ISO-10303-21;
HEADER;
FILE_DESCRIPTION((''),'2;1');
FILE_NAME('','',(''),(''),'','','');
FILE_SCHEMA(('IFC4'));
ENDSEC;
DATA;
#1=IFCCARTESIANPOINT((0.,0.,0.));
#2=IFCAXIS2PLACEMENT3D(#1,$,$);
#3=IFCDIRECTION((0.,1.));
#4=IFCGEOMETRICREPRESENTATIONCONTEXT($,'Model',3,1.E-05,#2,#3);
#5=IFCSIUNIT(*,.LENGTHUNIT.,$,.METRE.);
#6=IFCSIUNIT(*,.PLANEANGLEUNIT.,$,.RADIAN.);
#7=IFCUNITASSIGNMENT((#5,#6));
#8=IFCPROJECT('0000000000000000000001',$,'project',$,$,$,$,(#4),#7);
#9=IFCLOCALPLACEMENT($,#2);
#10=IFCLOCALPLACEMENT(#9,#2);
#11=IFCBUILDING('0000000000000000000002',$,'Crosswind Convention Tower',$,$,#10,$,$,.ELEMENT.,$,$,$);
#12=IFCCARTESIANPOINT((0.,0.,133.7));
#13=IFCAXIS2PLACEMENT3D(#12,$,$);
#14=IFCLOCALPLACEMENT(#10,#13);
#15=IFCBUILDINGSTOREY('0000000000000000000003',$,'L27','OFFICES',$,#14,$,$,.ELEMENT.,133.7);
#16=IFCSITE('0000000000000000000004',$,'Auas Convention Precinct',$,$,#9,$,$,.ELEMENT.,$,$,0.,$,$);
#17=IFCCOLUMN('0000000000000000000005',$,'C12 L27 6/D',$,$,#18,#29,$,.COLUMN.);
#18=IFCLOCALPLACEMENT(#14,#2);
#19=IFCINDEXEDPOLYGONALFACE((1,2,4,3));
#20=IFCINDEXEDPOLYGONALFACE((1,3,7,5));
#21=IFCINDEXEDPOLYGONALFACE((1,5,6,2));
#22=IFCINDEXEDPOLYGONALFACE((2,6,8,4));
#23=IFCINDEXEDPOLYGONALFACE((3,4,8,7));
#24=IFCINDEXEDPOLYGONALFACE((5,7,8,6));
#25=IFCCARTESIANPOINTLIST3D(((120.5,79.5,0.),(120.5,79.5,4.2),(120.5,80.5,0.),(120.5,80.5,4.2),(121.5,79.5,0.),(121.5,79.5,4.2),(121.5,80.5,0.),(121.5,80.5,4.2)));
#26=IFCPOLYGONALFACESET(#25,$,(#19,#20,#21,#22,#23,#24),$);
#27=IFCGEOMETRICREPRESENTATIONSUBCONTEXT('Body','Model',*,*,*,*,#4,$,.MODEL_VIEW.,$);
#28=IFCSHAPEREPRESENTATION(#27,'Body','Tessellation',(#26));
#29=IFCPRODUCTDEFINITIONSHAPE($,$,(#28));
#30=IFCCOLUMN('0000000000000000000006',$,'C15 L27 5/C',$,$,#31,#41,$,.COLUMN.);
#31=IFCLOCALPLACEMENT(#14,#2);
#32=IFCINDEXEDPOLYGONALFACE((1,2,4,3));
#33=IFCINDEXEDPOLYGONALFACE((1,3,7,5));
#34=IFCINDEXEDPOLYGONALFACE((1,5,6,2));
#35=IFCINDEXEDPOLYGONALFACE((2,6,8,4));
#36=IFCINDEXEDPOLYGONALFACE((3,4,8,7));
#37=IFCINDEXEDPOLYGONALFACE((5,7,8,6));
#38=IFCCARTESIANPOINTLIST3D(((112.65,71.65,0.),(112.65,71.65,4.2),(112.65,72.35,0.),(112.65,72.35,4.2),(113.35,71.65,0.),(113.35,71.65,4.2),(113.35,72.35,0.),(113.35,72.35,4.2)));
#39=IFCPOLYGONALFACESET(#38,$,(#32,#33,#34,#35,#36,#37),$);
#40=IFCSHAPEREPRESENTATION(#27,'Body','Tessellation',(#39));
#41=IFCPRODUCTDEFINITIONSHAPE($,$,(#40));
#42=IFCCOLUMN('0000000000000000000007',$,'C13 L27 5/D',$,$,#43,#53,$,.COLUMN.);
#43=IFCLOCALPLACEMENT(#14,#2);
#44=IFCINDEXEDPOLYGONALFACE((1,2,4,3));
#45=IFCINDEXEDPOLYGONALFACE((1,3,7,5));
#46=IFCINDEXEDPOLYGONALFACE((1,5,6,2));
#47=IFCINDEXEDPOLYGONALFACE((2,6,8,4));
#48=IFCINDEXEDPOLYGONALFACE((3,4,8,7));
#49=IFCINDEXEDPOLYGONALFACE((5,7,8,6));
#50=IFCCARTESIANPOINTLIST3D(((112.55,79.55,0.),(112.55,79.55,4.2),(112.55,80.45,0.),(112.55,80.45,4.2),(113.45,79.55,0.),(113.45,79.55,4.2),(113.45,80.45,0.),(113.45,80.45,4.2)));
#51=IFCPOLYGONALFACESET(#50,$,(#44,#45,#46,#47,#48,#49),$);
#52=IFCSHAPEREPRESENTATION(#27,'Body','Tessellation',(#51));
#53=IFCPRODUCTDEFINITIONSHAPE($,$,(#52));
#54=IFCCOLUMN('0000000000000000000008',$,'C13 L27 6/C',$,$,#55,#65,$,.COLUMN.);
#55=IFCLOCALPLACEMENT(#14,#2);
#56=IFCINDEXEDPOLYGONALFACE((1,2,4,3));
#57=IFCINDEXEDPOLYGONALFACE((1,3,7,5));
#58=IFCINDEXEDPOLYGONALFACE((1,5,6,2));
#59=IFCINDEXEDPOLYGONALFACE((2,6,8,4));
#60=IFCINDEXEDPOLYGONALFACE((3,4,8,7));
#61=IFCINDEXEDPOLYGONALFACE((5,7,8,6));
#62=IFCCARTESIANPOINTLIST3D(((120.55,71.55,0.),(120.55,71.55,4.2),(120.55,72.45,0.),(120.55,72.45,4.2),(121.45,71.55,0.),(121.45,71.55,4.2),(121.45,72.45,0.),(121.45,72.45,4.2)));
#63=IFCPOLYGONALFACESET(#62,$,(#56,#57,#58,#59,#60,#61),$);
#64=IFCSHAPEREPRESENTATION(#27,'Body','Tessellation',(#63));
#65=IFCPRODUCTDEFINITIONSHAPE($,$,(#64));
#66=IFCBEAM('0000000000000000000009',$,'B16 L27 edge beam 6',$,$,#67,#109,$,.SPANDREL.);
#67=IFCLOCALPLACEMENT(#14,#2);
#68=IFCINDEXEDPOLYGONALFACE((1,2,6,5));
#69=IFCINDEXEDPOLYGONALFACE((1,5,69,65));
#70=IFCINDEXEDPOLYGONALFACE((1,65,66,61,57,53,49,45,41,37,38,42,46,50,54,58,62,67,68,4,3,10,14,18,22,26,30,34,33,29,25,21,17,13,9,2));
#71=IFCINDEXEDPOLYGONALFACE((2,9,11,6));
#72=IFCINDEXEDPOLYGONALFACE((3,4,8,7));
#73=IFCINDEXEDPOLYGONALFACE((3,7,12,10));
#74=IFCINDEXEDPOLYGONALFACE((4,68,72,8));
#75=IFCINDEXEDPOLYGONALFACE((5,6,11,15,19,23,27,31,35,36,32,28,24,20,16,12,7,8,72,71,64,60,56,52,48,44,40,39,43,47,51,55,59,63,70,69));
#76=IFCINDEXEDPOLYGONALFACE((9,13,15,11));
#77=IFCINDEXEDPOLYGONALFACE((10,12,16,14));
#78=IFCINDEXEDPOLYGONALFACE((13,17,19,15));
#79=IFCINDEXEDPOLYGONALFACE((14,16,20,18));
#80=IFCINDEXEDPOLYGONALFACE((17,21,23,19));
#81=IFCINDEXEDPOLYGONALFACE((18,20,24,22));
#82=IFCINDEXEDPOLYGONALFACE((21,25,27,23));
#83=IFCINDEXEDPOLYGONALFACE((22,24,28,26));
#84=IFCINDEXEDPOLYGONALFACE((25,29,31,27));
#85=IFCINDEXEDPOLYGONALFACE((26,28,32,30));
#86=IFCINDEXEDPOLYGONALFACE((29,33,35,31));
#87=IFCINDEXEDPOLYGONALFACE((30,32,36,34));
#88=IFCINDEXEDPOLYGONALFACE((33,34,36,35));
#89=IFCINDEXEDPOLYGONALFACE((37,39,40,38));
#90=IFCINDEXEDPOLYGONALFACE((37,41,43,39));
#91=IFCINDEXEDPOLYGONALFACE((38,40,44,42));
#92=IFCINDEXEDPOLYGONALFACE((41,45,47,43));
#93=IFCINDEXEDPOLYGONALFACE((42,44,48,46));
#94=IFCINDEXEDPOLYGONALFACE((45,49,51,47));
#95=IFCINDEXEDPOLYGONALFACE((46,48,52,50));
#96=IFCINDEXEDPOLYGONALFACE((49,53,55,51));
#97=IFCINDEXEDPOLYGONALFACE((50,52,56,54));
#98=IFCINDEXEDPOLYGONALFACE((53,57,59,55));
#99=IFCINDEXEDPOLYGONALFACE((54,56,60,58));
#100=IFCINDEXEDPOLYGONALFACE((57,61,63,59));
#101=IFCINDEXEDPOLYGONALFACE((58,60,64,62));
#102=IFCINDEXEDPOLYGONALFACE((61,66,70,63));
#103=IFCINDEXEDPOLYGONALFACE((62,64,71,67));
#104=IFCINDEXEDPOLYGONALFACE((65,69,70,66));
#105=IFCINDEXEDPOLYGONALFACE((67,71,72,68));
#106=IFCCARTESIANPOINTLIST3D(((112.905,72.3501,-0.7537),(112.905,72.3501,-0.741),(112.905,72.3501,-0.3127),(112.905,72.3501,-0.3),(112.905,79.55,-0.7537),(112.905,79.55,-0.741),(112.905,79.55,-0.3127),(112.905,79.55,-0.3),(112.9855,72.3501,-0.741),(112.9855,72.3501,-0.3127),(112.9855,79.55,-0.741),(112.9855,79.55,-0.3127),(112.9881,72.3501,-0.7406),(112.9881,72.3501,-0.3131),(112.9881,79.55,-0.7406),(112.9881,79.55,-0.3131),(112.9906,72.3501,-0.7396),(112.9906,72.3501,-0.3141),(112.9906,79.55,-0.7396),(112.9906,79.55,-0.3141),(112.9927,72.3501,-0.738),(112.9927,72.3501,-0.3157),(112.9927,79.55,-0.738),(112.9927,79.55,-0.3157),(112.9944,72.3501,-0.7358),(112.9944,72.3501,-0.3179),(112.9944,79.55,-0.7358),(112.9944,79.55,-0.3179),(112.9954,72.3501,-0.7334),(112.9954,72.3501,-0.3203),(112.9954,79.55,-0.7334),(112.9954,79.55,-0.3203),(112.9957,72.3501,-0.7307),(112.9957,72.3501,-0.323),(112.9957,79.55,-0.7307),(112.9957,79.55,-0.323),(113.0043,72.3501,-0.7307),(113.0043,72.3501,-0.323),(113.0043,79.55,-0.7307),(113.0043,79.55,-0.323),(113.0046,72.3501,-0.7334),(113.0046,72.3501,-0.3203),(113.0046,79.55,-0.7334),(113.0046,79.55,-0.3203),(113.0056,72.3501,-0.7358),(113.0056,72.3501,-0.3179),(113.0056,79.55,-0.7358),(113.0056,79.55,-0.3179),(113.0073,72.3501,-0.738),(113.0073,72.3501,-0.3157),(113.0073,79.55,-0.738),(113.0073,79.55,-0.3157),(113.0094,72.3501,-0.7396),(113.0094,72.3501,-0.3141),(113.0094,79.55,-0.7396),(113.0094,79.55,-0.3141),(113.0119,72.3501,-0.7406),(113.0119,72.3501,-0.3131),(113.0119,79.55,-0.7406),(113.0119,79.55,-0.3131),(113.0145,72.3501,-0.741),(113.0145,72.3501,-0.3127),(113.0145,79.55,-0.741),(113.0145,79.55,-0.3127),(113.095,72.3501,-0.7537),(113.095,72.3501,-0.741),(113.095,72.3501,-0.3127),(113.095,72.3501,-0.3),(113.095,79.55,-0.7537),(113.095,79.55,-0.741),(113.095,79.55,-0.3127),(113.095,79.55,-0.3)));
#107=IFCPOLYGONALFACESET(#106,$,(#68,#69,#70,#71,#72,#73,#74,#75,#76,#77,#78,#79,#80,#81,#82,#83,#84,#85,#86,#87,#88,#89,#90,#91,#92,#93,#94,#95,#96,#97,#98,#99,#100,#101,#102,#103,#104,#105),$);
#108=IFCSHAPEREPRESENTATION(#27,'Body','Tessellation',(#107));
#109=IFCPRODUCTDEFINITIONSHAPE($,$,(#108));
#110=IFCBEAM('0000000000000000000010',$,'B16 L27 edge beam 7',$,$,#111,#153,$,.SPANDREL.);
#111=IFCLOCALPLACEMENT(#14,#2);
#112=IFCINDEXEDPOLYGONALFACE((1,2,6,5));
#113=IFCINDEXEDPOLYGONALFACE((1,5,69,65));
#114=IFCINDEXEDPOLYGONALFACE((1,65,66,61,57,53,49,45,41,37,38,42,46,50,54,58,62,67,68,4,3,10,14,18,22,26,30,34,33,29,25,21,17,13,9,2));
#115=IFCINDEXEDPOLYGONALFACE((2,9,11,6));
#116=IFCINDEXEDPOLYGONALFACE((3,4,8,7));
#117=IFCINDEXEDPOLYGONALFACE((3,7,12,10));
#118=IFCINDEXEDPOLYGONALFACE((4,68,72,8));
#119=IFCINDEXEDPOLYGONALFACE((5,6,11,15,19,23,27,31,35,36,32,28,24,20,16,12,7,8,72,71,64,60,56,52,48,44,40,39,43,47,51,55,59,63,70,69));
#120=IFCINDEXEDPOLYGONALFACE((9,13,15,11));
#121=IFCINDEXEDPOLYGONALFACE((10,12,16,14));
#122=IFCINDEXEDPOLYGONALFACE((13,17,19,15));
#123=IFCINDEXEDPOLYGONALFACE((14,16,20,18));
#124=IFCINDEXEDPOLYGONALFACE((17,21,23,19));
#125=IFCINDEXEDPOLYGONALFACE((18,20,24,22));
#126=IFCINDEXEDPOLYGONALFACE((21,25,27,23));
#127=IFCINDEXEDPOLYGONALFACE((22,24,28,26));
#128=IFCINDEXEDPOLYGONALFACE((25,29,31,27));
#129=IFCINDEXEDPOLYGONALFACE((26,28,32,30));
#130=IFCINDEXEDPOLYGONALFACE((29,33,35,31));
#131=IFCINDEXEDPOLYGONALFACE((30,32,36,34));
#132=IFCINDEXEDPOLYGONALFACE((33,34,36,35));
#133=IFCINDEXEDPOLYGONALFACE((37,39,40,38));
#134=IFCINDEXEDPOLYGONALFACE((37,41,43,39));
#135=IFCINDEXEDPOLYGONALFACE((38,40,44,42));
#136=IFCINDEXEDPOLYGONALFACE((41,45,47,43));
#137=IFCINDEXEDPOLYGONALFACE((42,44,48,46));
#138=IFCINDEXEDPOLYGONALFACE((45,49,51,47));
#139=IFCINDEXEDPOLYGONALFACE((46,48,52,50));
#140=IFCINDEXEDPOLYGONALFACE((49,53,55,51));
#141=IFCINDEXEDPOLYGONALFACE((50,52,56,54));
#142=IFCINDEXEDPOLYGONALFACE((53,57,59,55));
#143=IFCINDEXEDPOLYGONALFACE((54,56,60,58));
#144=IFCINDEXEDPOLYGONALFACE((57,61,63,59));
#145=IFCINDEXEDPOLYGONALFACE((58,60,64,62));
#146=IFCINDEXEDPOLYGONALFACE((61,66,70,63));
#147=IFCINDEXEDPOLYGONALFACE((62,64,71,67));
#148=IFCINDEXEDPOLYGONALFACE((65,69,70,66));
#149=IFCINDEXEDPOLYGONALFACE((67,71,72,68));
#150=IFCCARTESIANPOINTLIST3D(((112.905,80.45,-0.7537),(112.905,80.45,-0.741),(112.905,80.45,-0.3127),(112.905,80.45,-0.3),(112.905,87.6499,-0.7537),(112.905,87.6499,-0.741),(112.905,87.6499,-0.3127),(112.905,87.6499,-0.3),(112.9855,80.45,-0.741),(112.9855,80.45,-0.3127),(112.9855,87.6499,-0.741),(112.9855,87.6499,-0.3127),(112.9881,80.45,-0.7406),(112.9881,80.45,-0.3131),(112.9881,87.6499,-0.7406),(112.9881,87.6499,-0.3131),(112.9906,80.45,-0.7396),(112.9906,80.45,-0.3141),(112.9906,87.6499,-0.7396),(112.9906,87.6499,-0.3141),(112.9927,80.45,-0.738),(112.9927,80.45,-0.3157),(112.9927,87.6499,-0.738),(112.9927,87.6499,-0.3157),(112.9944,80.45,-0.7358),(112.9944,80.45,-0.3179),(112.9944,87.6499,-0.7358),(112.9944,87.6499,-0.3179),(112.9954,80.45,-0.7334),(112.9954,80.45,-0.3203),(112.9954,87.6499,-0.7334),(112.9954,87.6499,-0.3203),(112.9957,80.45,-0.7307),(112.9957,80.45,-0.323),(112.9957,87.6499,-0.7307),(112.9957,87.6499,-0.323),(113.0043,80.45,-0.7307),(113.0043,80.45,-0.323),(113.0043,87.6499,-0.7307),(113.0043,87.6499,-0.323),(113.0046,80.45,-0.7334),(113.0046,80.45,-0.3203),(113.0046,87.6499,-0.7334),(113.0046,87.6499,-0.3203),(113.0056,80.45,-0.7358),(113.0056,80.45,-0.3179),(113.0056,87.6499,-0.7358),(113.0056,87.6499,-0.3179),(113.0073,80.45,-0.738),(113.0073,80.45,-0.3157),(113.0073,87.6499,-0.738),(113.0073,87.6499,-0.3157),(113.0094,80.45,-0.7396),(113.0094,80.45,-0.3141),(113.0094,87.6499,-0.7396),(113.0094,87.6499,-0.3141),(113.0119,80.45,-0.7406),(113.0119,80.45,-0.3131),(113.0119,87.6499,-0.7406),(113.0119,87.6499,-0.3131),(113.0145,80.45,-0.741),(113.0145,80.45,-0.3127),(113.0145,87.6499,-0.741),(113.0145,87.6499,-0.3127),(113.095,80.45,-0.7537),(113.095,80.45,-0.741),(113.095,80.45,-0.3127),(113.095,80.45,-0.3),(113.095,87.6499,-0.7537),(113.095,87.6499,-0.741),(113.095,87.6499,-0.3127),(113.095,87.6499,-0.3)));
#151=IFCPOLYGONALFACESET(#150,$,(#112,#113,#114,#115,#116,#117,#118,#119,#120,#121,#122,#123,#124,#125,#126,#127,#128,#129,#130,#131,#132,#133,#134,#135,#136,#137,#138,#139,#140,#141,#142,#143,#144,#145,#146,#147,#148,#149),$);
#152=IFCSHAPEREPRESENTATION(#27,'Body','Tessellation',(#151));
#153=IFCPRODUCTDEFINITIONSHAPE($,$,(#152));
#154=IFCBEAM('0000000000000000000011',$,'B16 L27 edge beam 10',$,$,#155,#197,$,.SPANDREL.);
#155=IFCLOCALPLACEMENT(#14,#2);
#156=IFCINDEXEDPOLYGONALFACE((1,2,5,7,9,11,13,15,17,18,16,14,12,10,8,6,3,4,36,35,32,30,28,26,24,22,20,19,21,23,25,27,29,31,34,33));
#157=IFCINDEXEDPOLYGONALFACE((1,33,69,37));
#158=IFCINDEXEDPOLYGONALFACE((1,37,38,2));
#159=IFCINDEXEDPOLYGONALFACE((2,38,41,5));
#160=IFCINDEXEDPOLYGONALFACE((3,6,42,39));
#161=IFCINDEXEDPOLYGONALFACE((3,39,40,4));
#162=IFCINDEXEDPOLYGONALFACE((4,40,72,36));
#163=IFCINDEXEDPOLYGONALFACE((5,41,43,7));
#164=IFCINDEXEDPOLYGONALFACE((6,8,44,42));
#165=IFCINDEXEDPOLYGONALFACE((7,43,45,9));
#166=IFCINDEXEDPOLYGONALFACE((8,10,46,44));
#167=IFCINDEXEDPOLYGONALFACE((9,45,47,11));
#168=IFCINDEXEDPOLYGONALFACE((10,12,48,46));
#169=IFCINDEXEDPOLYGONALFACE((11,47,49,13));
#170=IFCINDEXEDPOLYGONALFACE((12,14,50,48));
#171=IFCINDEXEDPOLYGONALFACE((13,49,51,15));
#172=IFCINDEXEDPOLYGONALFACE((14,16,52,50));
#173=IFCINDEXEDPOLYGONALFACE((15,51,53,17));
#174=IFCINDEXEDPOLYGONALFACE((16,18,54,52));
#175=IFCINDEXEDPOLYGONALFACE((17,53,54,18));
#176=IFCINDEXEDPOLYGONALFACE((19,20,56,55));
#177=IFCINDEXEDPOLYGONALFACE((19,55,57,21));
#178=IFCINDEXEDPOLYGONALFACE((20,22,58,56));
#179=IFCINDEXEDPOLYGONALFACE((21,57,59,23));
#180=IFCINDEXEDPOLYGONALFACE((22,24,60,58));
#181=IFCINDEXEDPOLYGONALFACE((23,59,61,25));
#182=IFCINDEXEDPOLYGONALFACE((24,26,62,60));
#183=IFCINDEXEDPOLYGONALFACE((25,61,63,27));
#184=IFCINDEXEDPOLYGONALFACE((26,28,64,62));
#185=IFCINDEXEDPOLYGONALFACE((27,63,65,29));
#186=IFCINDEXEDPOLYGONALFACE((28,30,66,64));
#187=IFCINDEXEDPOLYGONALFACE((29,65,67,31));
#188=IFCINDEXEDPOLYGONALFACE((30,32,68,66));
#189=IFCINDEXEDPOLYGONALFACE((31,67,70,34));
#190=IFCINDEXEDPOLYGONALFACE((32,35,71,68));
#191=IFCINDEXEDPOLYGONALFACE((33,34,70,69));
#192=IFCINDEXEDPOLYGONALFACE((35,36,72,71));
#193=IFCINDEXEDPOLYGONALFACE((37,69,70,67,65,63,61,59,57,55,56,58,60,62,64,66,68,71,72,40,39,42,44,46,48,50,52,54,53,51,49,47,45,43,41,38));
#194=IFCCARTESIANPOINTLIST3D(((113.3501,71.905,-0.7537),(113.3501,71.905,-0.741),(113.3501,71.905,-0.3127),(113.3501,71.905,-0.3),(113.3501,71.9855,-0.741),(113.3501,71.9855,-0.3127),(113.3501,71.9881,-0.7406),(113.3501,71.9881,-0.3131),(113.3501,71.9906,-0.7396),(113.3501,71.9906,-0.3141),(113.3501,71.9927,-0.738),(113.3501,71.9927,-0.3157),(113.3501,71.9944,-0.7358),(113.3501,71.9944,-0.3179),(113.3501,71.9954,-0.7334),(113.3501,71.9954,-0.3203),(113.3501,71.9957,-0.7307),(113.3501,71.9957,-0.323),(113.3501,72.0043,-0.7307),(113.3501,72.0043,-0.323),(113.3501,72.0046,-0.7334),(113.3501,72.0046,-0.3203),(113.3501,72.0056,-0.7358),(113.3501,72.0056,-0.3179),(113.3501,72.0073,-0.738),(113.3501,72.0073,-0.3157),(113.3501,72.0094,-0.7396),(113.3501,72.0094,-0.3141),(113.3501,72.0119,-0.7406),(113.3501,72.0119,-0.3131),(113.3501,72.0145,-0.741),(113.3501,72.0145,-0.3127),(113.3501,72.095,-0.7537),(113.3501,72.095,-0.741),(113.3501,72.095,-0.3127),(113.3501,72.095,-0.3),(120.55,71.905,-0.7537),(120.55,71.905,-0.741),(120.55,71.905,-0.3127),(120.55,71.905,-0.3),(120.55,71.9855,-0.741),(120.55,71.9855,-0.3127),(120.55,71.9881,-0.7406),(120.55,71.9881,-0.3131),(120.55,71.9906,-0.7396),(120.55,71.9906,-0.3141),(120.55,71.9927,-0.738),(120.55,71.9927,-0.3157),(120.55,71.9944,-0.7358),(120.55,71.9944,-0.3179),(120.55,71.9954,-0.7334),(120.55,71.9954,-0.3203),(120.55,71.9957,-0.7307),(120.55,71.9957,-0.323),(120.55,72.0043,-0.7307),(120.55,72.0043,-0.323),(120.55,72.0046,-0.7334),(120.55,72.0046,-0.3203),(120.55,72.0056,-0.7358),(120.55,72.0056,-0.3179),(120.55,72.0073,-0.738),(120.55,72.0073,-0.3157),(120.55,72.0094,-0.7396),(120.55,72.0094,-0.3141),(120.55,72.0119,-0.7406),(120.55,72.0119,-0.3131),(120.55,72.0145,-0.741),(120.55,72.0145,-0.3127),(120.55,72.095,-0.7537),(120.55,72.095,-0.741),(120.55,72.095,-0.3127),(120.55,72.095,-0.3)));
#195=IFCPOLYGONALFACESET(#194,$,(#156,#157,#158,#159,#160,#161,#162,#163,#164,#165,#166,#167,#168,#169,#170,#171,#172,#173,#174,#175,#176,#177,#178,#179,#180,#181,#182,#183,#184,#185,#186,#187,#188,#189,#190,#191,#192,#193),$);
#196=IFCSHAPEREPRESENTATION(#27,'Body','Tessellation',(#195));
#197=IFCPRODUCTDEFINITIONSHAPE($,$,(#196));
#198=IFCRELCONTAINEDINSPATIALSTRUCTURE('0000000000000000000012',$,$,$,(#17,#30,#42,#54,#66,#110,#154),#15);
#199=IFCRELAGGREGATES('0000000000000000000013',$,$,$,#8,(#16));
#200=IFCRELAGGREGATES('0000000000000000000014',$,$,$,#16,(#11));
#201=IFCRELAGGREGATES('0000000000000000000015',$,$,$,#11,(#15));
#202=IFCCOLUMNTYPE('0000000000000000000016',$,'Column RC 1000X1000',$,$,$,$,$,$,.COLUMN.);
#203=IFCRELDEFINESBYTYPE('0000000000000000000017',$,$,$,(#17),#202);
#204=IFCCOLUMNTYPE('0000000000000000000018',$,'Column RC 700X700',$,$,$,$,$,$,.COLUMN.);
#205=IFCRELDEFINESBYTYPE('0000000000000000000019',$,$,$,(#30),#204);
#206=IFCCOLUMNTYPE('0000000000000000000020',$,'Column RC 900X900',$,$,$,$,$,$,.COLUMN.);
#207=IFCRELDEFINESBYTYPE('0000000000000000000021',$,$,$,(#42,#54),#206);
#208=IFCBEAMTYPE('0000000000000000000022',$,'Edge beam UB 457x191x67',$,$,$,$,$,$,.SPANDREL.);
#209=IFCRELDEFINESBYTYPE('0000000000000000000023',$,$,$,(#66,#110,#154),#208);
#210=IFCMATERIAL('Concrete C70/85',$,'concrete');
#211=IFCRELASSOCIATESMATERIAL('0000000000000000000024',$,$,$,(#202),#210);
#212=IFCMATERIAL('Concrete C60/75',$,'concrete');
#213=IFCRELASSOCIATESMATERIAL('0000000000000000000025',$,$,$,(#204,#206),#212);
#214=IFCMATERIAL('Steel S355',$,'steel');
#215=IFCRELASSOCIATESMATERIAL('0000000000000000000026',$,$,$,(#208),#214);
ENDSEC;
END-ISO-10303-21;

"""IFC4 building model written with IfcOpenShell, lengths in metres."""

from ifc_helpers import new_model, si_unit, direction, frame, origin, origin_2d, place, context, subcontext, project, spatial, rectangle, i_section, extrude, material, material_profile, profile_set, type_object, element, save


model = new_model("IFC4")

# Units and contexts
model_context = context("Model", 3, precision=1e-05, world=origin(), true_north=direction((0.0, 1.0)))
body_context = subcontext(model_context, "Body", "Model", "MODEL_VIEW")
ifc_project = project(units=[si_unit("LENGTHUNIT", "METRE"), si_unit("PLANEANGLEUNIT", "RADIAN")], contexts=[model_context])

# Site, building, storey
site_placement = place(None, origin())
site = spatial("IfcSite", under=ifc_project, at=site_placement, Name="Auas Convention Precinct", CompositionType="ELEMENT", RefElevation=0.0)
building_placement = place(site_placement, origin())
building = spatial("IfcBuilding", under=site, at=building_placement, Name="Crosswind Convention Tower", CompositionType="ELEMENT")
storey_placement = place(building_placement, frame((0.0, 0.0, 133.7)))
storey = spatial("IfcBuildingStorey", under=building, at=storey_placement, Name="L27", Description="OFFICES", CompositionType="ELEMENT", Elevation=133.7)

# Columns
ifc_material_1 = material(Name="Concrete C70/85", Category="concrete")
ifc_material_profile_1 = material_profile(ifc_material_1, rectangle(XDim=1.0, YDim=1.0, at=origin_2d()), Name="RC 1000X1000")
ifc_profile_set_1 = profile_set([ifc_material_profile_1], Name="Concrete C70/85")
column_type_1 = type_object("IfcColumnType", Name="Column RC 1000X1000", PredefinedType="COLUMN", material=ifc_profile_set_1)
column_1_placement = place(storey_placement, frame((121.0, 80.0, 0.0), z_axis=(0.0, 0.0, 1.0), x_axis=(1.0, 0.0, 0.0)))
element("IfcColumn", 1, at=column_1_placement, inside=storey, type_object=column_type_1, Name="C12 L27 6/D", PredefinedType="COLUMN", context=body_context, shape_type="SweptSolid", body=[
    extrude(rectangle(XDim=1.0, YDim=1.0, at=origin_2d()), origin(), (0.0, 0.0, 1.0), 4.2),
])
ifc_material_2 = material(Name="Concrete C60/75", Category="concrete")
ifc_material_profile_2 = material_profile(ifc_material_2, rectangle(XDim=0.7, YDim=0.7, at=origin_2d()), Name="RC 700X700")
ifc_profile_set_2 = profile_set([ifc_material_profile_2], Name="Concrete C60/75")
column_type_2 = type_object("IfcColumnType", Name="Column RC 700X700", PredefinedType="COLUMN", material=ifc_profile_set_2)
column_2_placement = place(storey_placement, frame((113.0, 72.0, 0.0), z_axis=(0.0, 0.0, 1.0), x_axis=(1.0, 0.0, 0.0)))
element("IfcColumn", 2, at=column_2_placement, inside=storey, type_object=column_type_2, Name="C15 L27 5/C", PredefinedType="COLUMN", context=body_context, shape_type="SweptSolid", body=[
    extrude(rectangle(XDim=0.7, YDim=0.7, at=origin_2d()), origin(), (0.0, 0.0, 1.0), 4.2),
])
ifc_material_profile_3 = material_profile(ifc_material_2, rectangle(XDim=0.8999, YDim=0.8999, at=origin_2d()), Name="RC 900X900")
ifc_profile_set_3 = profile_set([ifc_material_profile_3], Name="Concrete C60/75")
column_type_3 = type_object("IfcColumnType", Name="Column RC 900X900", PredefinedType="COLUMN", material=ifc_profile_set_3)
for number, where, z_axis, x_axis, name in (
    (3, (113.0, 80.0, 0.0), (0.0, 0.0, 1.0), (1.0, 0.0, 0.0), "C13 L27 5/D"),
    (4, (121.0, 72.0, 0.0), (0.0, 0.0, 1.0), (1.0, 0.0, 0.0), "C13 L27 6/C"),
):
    element("IfcColumn", number, at=place(storey_placement, frame(where, z_axis=z_axis, x_axis=x_axis)), inside=storey, type_object=column_type_3, Name=name, PredefinedType="COLUMN", context=body_context, shape_type="SweptSolid", body=[
        extrude(rectangle(XDim=0.8999, YDim=0.8999, at=origin_2d()), origin(), (0.0, 0.0, 1.0), 4.2),
    ])

# Beams
ifc_material_3 = material(Name="Steel S355", Category="steel")
ifc_material_profile_4 = material_profile(ifc_material_3, i_section(OverallWidth=0.1899, OverallDepth=0.4536, WebThickness=0.0085, FlangeThickness=0.0127, FilletRadius=0.0103, at=origin_2d()), Name="UB 457x191x67")
ifc_profile_set_4 = profile_set([ifc_material_profile_4], Name="Steel S355")
beam_type_1 = type_object("IfcBeamType", Name="Edge beam UB 457x191x67", PredefinedType="SPANDREL", material=ifc_profile_set_4)
for number, where, z_axis, x_axis, name in (
    (5, (113.0, 72.3501, -0.5269), (0.0, 1.0, 0.0), (-1.0, 0.0, 0.0), "B16 L27 edge beam 6"),
    (6, (113.0, 80.45, -0.5269), (0.0, 1.0, 0.0), (-1.0, 0.0, 0.0), "B16 L27 edge beam 7"),
    (7, (113.3501, 72.0, -0.5269), (1.0, 0.0, 0.0), (0.0, 1.0, 0.0), "B16 L27 edge beam 10"),
):
    element("IfcBeam", number, at=place(storey_placement, frame(where, z_axis=z_axis, x_axis=x_axis)), inside=storey, type_object=beam_type_1, Name=name, PredefinedType="SPANDREL", context=body_context, shape_type="SweptSolid", body=[
        extrude(i_section(OverallWidth=0.1899, OverallDepth=0.4536, WebThickness=0.0085, FlangeThickness=0.0127, FilletRadius=0.0103, at=origin_2d()), origin(), (0.0, 0.0, 1.0), 7.2),
    ])

save(model, "model.ifc")
